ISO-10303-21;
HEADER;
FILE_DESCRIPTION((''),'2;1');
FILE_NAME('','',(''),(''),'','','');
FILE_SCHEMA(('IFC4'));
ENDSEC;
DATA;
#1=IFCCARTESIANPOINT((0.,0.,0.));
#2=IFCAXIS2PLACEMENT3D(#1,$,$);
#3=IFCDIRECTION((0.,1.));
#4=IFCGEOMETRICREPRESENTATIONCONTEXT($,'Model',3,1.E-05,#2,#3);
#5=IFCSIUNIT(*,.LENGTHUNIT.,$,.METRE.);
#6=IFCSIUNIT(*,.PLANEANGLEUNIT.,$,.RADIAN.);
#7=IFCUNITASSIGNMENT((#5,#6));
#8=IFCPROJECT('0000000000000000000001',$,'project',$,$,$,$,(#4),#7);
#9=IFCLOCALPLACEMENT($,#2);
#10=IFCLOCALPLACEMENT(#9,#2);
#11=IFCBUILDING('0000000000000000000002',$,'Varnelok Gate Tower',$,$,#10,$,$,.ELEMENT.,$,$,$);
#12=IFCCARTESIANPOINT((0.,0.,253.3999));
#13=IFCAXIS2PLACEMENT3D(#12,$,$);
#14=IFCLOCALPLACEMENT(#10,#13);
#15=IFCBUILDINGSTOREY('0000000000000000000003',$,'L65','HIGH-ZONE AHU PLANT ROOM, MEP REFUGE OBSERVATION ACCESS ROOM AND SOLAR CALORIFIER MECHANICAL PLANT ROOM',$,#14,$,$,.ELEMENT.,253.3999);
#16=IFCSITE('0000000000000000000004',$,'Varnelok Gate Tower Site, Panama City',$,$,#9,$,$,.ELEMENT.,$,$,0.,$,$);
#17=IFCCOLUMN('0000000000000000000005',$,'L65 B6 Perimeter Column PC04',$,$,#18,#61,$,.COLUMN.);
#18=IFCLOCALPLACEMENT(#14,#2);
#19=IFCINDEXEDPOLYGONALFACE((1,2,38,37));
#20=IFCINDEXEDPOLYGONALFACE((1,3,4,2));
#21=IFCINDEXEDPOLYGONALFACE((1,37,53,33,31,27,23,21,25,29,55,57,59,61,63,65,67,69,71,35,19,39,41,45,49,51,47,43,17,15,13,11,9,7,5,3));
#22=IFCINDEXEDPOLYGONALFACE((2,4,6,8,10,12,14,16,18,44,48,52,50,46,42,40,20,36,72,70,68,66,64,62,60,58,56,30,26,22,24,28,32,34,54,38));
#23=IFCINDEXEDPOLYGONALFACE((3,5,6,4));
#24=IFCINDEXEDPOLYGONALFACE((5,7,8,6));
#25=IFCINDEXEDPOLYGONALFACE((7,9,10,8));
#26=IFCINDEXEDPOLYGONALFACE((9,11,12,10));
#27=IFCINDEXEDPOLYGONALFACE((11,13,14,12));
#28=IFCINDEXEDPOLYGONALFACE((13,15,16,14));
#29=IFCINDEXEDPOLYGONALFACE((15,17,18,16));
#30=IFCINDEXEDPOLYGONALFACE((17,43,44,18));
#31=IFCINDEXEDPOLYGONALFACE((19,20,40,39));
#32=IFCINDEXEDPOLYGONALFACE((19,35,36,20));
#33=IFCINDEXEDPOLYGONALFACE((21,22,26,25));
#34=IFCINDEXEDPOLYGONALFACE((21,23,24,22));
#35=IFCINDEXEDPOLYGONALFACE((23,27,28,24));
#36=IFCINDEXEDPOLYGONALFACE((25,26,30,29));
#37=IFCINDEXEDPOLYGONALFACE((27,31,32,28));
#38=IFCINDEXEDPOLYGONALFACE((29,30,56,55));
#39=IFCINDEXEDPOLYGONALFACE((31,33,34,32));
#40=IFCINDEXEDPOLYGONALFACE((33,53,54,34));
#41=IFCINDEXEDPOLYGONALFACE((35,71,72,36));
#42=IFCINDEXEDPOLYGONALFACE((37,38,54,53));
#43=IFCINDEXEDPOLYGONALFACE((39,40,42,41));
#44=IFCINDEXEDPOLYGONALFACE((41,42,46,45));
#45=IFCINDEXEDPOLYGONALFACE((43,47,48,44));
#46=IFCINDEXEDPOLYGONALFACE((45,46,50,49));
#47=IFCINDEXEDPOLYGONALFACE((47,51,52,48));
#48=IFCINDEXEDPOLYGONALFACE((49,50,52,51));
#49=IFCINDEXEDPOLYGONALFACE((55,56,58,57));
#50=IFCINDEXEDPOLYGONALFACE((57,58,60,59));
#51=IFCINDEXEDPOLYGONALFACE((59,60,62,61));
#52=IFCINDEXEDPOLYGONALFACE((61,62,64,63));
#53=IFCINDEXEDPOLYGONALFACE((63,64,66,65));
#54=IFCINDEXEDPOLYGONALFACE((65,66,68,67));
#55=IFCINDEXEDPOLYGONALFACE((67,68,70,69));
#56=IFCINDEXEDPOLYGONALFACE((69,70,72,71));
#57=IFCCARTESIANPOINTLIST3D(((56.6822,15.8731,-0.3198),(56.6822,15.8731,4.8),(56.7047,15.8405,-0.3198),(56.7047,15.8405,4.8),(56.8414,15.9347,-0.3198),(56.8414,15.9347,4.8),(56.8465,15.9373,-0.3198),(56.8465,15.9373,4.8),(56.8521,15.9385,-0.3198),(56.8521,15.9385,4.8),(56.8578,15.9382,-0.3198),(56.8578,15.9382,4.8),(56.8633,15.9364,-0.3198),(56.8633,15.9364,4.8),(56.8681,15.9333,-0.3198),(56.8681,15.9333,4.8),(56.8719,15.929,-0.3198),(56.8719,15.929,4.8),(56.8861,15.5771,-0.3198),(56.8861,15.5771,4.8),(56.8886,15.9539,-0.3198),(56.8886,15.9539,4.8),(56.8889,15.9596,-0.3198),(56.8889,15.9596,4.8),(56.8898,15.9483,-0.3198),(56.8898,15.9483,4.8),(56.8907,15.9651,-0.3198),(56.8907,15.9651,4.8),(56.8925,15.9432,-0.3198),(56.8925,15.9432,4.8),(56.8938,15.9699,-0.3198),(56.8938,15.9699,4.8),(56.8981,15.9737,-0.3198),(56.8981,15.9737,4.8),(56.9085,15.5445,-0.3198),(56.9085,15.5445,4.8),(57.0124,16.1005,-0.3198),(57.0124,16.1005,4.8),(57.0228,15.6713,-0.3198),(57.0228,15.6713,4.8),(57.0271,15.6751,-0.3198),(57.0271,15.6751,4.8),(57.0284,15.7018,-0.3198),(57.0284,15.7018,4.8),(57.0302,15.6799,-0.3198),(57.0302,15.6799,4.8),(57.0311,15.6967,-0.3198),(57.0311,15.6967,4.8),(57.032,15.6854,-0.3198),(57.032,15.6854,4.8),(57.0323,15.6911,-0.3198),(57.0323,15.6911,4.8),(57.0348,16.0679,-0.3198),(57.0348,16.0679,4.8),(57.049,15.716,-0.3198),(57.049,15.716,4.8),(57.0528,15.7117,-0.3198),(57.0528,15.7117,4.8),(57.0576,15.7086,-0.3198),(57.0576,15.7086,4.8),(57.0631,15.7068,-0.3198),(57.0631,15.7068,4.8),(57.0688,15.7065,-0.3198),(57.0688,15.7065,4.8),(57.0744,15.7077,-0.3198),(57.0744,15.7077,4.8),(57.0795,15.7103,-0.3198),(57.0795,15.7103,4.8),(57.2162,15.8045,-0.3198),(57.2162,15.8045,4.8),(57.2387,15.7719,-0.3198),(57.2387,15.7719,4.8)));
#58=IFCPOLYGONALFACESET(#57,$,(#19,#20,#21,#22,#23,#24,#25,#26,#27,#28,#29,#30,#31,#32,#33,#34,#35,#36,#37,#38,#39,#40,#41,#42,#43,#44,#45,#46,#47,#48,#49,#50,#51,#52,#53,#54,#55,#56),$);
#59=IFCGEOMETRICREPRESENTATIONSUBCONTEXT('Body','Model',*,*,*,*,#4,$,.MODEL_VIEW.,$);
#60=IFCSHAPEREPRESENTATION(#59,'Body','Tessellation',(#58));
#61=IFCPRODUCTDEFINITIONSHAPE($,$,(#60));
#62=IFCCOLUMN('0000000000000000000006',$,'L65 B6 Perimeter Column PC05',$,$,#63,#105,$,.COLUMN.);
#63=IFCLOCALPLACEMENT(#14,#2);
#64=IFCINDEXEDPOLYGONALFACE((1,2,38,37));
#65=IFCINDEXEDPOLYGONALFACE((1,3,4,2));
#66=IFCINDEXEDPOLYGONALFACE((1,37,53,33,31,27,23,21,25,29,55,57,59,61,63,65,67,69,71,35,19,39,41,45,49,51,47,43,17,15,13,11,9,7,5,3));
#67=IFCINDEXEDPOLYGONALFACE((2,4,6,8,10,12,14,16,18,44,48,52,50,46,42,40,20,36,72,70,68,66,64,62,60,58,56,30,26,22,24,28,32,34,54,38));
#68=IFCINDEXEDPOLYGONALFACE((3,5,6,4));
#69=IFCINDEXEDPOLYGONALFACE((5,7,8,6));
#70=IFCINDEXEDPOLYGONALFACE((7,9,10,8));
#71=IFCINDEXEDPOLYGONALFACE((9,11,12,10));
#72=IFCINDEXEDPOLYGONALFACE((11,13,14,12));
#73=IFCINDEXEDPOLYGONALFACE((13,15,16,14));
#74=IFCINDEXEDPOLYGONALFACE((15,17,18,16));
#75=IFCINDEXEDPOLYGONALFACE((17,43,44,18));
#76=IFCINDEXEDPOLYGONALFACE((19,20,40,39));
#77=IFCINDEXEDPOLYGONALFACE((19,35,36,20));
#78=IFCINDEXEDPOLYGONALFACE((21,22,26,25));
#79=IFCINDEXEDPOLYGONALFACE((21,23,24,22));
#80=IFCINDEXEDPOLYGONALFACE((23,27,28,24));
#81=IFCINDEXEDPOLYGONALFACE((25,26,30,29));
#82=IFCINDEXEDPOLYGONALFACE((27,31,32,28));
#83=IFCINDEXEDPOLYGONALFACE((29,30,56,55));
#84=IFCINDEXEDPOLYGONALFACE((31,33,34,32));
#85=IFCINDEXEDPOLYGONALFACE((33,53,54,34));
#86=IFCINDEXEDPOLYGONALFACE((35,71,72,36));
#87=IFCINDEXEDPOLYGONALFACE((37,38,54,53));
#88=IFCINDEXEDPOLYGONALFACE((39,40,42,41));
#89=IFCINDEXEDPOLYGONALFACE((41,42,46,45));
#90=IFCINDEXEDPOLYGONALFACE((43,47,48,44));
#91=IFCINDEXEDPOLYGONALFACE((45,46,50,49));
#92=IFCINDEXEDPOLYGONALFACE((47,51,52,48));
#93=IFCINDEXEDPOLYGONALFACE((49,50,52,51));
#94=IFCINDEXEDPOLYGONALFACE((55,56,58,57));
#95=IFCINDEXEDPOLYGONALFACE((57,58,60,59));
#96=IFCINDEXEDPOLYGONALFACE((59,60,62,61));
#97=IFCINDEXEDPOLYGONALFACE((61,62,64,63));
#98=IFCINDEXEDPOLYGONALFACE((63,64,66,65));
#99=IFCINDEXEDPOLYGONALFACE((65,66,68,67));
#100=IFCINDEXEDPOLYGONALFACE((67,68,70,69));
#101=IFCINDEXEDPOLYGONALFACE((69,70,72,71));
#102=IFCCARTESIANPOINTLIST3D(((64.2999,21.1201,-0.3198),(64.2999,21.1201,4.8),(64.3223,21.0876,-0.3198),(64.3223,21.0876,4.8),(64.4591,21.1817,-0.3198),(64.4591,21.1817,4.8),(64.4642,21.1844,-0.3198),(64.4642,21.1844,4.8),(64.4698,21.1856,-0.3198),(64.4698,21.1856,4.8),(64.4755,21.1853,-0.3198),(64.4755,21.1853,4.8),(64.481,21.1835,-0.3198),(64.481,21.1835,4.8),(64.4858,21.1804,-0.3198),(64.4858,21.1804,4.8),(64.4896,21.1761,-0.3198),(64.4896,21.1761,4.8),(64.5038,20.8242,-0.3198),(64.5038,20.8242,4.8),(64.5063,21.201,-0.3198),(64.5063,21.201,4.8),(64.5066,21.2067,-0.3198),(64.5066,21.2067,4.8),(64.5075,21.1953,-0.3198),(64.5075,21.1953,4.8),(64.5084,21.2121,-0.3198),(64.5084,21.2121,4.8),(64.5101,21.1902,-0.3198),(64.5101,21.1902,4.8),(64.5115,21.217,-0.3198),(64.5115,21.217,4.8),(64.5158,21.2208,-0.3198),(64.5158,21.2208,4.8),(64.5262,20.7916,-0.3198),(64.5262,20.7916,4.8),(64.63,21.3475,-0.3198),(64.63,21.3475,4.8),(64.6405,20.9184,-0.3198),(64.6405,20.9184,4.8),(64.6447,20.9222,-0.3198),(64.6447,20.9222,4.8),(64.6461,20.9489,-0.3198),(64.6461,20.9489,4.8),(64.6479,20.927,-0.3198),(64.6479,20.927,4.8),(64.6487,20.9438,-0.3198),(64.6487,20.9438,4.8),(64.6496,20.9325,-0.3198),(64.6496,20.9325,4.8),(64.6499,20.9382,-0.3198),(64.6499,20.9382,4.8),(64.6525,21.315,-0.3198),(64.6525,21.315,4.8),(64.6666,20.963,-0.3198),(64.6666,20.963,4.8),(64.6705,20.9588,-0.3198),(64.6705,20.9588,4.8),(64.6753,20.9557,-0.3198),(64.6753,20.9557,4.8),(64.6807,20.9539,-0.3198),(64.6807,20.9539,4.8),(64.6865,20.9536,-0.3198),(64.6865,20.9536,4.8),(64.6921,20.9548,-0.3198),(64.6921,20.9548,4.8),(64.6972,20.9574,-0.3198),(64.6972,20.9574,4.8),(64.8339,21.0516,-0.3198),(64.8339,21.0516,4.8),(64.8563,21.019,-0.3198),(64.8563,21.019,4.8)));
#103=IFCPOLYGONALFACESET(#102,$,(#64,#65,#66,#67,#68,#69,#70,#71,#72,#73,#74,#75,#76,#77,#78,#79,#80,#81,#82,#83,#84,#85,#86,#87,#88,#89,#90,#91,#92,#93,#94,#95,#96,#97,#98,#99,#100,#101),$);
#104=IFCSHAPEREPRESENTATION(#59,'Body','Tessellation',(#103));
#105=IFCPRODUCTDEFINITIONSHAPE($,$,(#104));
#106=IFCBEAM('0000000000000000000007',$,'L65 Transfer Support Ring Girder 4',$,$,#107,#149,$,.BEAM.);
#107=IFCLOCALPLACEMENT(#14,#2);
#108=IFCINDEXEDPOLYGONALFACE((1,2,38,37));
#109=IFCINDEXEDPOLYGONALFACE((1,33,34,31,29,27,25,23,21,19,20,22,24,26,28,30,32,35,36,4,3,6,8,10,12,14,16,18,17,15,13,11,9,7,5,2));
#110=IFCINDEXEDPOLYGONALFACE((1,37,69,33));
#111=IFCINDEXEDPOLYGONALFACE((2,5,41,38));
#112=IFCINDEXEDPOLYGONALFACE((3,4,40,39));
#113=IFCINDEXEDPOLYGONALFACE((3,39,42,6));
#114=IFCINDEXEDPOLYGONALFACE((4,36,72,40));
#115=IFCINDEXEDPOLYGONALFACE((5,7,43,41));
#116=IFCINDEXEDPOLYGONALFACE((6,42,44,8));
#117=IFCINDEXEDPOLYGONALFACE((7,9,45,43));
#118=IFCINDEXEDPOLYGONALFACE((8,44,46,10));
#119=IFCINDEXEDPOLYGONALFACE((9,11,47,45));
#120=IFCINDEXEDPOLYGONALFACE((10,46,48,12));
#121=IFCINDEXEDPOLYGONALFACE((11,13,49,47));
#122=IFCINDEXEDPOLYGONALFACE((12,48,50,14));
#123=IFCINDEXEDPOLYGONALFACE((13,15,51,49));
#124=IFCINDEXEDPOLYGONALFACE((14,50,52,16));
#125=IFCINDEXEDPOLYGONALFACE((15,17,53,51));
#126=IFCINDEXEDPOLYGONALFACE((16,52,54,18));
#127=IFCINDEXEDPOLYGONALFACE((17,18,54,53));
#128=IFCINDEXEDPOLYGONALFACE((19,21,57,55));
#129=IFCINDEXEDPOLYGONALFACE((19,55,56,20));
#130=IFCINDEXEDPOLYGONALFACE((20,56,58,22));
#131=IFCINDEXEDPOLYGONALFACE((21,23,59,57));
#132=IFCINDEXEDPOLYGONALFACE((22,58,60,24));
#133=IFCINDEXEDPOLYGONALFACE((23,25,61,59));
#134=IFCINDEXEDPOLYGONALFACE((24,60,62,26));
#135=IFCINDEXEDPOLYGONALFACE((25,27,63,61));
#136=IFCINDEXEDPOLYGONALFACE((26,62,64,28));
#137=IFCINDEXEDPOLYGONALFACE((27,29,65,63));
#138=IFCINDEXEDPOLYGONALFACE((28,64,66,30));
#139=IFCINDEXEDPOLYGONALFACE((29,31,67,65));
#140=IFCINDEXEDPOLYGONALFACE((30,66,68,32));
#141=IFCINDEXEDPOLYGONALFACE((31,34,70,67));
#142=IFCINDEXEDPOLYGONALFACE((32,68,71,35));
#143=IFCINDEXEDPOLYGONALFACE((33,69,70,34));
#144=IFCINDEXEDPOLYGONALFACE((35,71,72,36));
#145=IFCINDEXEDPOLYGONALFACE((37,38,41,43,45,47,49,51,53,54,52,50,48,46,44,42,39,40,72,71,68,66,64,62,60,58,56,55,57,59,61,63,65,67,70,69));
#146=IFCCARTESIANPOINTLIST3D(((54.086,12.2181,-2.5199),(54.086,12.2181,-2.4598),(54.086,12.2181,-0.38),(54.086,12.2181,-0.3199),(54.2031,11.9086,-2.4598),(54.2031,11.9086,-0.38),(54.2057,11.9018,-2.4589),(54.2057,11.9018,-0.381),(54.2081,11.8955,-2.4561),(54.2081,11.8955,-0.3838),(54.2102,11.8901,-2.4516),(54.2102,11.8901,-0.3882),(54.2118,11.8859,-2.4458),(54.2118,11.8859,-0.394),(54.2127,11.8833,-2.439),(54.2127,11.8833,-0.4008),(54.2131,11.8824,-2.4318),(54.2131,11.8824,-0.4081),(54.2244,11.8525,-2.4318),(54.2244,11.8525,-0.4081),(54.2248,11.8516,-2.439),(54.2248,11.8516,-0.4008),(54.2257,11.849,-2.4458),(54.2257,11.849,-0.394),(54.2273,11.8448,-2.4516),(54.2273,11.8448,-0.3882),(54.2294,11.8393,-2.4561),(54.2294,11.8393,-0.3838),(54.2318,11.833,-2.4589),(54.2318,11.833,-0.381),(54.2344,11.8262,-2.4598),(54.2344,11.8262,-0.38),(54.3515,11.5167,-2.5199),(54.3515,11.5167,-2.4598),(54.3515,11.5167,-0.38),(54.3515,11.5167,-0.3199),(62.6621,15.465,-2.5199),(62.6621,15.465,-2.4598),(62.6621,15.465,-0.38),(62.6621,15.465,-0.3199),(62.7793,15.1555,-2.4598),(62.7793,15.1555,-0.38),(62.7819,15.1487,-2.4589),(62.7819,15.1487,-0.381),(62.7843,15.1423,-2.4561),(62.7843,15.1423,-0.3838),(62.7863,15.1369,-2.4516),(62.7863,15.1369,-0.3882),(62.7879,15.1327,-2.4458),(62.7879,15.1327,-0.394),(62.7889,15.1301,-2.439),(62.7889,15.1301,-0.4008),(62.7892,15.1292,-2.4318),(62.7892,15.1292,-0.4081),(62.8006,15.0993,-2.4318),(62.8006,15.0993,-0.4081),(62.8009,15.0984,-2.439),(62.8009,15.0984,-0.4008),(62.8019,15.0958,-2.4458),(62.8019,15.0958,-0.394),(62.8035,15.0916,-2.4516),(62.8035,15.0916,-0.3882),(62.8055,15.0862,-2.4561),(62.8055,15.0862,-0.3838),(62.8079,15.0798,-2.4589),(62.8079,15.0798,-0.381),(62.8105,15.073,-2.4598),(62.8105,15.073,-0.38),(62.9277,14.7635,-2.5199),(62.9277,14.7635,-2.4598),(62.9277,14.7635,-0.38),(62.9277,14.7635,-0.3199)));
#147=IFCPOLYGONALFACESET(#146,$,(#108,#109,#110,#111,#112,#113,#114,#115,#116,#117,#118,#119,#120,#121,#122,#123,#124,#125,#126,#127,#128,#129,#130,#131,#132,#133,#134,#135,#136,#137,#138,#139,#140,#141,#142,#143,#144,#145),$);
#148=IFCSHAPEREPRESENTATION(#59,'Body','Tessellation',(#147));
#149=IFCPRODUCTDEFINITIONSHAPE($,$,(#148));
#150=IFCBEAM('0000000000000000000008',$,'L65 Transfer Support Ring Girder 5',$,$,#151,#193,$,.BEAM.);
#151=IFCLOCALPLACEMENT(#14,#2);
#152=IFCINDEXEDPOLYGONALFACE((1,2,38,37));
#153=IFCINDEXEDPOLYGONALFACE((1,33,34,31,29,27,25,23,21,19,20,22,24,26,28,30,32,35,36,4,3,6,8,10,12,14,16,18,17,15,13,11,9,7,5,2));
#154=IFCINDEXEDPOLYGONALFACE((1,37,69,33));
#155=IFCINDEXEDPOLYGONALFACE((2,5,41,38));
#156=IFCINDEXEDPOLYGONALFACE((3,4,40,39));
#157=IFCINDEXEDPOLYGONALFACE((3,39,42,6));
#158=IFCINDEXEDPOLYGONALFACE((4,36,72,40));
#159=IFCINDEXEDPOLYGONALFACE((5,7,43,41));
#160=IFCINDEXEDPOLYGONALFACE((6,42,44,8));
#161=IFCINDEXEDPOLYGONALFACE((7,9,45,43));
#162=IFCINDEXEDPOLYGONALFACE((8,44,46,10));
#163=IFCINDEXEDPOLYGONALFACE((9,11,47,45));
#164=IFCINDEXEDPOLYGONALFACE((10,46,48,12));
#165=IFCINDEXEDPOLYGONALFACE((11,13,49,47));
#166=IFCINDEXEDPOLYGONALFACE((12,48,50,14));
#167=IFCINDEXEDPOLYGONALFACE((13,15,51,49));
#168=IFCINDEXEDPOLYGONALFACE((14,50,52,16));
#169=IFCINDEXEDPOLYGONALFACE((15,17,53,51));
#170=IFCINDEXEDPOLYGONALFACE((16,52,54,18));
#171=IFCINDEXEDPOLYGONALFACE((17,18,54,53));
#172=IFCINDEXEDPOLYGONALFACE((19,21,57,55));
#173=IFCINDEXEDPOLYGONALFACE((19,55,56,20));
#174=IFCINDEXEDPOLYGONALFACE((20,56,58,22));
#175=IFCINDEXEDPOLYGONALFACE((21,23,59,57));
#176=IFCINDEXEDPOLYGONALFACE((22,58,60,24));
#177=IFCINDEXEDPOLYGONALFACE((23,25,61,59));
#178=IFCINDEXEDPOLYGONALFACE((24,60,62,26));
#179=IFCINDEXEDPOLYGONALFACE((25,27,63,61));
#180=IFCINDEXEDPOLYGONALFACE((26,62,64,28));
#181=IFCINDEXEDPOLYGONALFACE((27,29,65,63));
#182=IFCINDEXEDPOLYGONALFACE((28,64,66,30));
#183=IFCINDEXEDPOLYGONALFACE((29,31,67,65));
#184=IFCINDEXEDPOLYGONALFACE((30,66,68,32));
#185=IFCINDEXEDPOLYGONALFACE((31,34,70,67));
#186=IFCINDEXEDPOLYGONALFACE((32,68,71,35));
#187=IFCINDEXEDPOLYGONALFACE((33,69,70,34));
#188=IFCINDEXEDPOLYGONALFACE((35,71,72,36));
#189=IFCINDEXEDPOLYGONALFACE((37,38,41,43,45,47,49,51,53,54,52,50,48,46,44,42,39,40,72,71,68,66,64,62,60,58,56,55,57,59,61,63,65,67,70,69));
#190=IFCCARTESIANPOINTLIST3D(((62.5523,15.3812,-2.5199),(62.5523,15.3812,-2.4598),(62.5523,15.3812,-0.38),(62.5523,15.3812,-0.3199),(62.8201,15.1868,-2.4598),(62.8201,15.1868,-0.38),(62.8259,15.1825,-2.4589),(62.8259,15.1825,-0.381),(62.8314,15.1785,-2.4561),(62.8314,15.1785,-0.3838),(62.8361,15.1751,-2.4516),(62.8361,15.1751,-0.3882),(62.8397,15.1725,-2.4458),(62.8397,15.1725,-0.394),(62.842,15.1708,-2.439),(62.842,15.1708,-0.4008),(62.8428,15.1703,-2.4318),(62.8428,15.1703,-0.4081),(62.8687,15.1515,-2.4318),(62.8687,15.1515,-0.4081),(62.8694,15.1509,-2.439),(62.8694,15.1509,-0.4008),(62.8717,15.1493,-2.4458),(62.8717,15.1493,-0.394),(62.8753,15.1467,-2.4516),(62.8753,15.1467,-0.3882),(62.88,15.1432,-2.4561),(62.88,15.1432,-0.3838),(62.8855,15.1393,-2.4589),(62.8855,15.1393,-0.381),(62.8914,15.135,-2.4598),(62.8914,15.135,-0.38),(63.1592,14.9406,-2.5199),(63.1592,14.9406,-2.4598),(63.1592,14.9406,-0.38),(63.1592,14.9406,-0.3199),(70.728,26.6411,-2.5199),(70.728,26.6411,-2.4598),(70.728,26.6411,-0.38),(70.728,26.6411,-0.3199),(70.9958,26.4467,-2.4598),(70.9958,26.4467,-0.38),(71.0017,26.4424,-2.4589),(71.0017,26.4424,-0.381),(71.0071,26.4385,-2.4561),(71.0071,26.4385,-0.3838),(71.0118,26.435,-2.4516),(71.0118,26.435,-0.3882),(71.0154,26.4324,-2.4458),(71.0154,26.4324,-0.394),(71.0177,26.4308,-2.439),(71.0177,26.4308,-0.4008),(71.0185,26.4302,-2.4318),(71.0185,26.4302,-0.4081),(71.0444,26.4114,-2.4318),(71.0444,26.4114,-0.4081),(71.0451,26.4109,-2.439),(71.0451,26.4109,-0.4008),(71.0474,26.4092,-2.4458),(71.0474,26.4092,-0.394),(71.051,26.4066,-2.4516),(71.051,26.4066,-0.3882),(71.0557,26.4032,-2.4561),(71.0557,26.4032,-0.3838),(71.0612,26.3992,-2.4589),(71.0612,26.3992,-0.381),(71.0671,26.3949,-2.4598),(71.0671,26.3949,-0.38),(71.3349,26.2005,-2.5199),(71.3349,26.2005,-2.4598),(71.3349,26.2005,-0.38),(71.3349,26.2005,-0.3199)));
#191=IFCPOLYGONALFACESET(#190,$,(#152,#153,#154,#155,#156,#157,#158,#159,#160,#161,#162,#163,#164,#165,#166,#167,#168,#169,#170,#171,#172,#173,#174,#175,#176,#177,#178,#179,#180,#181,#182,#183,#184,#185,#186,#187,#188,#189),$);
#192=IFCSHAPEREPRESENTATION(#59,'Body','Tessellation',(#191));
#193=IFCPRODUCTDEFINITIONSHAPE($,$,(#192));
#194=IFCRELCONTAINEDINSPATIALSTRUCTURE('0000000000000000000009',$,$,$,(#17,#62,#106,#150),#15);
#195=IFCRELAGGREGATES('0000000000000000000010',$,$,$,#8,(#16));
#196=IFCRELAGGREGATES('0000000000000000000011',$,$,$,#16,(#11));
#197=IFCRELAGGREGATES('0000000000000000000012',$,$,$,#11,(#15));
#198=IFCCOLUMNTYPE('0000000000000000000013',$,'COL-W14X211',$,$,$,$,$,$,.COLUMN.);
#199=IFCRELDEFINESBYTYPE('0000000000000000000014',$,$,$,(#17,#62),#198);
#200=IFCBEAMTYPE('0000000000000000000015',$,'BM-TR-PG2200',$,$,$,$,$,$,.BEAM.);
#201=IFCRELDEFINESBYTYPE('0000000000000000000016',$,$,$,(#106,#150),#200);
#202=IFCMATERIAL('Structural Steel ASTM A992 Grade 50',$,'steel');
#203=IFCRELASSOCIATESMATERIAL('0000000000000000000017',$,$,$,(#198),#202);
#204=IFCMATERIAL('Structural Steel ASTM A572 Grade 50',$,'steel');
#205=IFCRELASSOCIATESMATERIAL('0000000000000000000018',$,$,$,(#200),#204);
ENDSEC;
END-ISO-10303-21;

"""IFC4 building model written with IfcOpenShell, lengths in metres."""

from ifc_helpers import new_model, si_unit, direction, frame, origin, origin_2d, place, context, subcontext, project, spatial, i_section, extrude, material, material_profile, profile_set, type_object, element, save


model = new_model("IFC4")

# Units and contexts
model_context = context("Model", 3, precision=1e-05, world=origin(), true_north=direction((0.0, 1.0)))
body_context = subcontext(model_context, "Body", "Model", "MODEL_VIEW")
ifc_project = project(units=[si_unit("LENGTHUNIT", "METRE"), si_unit("PLANEANGLEUNIT", "RADIAN")], contexts=[model_context])

# Site, building, storey
site_placement = place(None, origin())
site = spatial("IfcSite", under=ifc_project, at=site_placement, Name="Varnelok Gate Tower Site, Panama City", CompositionType="ELEMENT", RefElevation=0.0)
building_placement = place(site_placement, origin())
building = spatial("IfcBuilding", under=site, at=building_placement, Name="Varnelok Gate Tower", CompositionType="ELEMENT")
storey_placement = place(building_placement, frame((0.0, 0.0, 253.3999)))
storey = spatial("IfcBuildingStorey", under=building, at=storey_placement, Name="L65", Description="HIGH-ZONE AHU PLANT ROOM, MEP REFUGE OBSERVATION ACCESS ROOM AND SOLAR CALORIFIER MECHANICAL PLANT ROOM", CompositionType="ELEMENT", Elevation=253.3999)

# Columns
ifc_material_1 = material(Name="Structural Steel ASTM A992 Grade 50", Category="steel")
ifc_material_profile_1 = material_profile(ifc_material_1, i_section(OverallWidth=0.4009, OverallDepth=0.3989, WebThickness=0.0249, FlangeThickness=0.0396, FilletRadius=0.022, at=origin_2d()), Name="W14X211")
ifc_profile_set_1 = profile_set([ifc_material_profile_1], Name="Structural Steel ASTM A992 Grade 50")
column_type = type_object("IfcColumnType", Name="COL-W14X211", PredefinedType="COLUMN", material=ifc_profile_set_1)
for number, where, z_axis, x_axis, name in (
    (1, (56.9604, 15.8225, -0.3198), (0.0, 0.0, 1.0), (0.823533, 0.567269, 0.0), "L65 B6 Perimeter Column PC04"),
    (2, (64.5781, 21.0696, -0.3198), (0.0, 0.0, 1.0), (0.823533, 0.567269, 0.0), "L65 B6 Perimeter Column PC05"),
):
    element("IfcColumn", number, at=place(storey_placement, frame(where, z_axis=z_axis, x_axis=x_axis)), inside=storey, type_object=column_type, Name=name, PredefinedType="COLUMN", context=body_context, shape_type="SweptSolid", body=[
        extrude(i_section(OverallWidth=0.4009, OverallDepth=0.3989, WebThickness=0.0249, FlangeThickness=0.0396, FilletRadius=0.022, at=origin_2d()), origin(), (0.0, 0.0, 1.0), 5.1199),
    ])

# Beams
ifc_material_2 = material(Name="Structural Steel ASTM A572 Grade 50", Category="steel")
ifc_material_profile_2 = material_profile(ifc_material_2, i_section(OverallWidth=0.75, OverallDepth=2.2, WebThickness=0.032, FlangeThickness=0.0601, FilletRadius=0.0281, at=origin_2d()), Name="PG2200X750")
ifc_profile_set_2 = profile_set([ifc_material_profile_2], Name="Structural Steel ASTM A572 Grade 50")
beam_type = type_object("IfcBeamType", Name="BM-TR-PG2200", PredefinedType="BEAM", material=ifc_profile_set_2)
beam_1_placement = place(storey_placement, frame((54.2188, 11.8674, -1.4199), z_axis=(0.935222, 0.354063, 0.0), x_axis=(-0.354063, 0.935222, 0.0)))
element("IfcBeam", 3, at=beam_1_placement, inside=storey, type_object=beam_type, Name="L65 Transfer Support Ring Girder 4", PredefinedType="BEAM", context=body_context, shape_type="SweptSolid", body=[
    extrude(i_section(OverallWidth=0.75, OverallDepth=2.2, WebThickness=0.032, FlangeThickness=0.0601, FilletRadius=0.0281, at=origin_2d()), origin(), (0.0, 0.0, 1.0), 9.1702),
])
beam_2_placement = place(storey_placement, frame((62.8557, 15.1609, -1.4199), z_axis=(0.587546, 0.809191, 0.0), x_axis=(-0.809191, 0.587546, 0.0)))
element("IfcBeam", 4, at=beam_2_placement, inside=storey, type_object=beam_type, Name="L65 Transfer Support Ring Girder 5", PredefinedType="BEAM", context=body_context, shape_type="SweptSolid", body=[
    extrude(i_section(OverallWidth=0.75, OverallDepth=2.2, WebThickness=0.032, FlangeThickness=0.0601, FilletRadius=0.0281, at=origin_2d()), origin(), (0.0, 0.0, 1.0), 13.915),
])

save(model, "model.ifc")
